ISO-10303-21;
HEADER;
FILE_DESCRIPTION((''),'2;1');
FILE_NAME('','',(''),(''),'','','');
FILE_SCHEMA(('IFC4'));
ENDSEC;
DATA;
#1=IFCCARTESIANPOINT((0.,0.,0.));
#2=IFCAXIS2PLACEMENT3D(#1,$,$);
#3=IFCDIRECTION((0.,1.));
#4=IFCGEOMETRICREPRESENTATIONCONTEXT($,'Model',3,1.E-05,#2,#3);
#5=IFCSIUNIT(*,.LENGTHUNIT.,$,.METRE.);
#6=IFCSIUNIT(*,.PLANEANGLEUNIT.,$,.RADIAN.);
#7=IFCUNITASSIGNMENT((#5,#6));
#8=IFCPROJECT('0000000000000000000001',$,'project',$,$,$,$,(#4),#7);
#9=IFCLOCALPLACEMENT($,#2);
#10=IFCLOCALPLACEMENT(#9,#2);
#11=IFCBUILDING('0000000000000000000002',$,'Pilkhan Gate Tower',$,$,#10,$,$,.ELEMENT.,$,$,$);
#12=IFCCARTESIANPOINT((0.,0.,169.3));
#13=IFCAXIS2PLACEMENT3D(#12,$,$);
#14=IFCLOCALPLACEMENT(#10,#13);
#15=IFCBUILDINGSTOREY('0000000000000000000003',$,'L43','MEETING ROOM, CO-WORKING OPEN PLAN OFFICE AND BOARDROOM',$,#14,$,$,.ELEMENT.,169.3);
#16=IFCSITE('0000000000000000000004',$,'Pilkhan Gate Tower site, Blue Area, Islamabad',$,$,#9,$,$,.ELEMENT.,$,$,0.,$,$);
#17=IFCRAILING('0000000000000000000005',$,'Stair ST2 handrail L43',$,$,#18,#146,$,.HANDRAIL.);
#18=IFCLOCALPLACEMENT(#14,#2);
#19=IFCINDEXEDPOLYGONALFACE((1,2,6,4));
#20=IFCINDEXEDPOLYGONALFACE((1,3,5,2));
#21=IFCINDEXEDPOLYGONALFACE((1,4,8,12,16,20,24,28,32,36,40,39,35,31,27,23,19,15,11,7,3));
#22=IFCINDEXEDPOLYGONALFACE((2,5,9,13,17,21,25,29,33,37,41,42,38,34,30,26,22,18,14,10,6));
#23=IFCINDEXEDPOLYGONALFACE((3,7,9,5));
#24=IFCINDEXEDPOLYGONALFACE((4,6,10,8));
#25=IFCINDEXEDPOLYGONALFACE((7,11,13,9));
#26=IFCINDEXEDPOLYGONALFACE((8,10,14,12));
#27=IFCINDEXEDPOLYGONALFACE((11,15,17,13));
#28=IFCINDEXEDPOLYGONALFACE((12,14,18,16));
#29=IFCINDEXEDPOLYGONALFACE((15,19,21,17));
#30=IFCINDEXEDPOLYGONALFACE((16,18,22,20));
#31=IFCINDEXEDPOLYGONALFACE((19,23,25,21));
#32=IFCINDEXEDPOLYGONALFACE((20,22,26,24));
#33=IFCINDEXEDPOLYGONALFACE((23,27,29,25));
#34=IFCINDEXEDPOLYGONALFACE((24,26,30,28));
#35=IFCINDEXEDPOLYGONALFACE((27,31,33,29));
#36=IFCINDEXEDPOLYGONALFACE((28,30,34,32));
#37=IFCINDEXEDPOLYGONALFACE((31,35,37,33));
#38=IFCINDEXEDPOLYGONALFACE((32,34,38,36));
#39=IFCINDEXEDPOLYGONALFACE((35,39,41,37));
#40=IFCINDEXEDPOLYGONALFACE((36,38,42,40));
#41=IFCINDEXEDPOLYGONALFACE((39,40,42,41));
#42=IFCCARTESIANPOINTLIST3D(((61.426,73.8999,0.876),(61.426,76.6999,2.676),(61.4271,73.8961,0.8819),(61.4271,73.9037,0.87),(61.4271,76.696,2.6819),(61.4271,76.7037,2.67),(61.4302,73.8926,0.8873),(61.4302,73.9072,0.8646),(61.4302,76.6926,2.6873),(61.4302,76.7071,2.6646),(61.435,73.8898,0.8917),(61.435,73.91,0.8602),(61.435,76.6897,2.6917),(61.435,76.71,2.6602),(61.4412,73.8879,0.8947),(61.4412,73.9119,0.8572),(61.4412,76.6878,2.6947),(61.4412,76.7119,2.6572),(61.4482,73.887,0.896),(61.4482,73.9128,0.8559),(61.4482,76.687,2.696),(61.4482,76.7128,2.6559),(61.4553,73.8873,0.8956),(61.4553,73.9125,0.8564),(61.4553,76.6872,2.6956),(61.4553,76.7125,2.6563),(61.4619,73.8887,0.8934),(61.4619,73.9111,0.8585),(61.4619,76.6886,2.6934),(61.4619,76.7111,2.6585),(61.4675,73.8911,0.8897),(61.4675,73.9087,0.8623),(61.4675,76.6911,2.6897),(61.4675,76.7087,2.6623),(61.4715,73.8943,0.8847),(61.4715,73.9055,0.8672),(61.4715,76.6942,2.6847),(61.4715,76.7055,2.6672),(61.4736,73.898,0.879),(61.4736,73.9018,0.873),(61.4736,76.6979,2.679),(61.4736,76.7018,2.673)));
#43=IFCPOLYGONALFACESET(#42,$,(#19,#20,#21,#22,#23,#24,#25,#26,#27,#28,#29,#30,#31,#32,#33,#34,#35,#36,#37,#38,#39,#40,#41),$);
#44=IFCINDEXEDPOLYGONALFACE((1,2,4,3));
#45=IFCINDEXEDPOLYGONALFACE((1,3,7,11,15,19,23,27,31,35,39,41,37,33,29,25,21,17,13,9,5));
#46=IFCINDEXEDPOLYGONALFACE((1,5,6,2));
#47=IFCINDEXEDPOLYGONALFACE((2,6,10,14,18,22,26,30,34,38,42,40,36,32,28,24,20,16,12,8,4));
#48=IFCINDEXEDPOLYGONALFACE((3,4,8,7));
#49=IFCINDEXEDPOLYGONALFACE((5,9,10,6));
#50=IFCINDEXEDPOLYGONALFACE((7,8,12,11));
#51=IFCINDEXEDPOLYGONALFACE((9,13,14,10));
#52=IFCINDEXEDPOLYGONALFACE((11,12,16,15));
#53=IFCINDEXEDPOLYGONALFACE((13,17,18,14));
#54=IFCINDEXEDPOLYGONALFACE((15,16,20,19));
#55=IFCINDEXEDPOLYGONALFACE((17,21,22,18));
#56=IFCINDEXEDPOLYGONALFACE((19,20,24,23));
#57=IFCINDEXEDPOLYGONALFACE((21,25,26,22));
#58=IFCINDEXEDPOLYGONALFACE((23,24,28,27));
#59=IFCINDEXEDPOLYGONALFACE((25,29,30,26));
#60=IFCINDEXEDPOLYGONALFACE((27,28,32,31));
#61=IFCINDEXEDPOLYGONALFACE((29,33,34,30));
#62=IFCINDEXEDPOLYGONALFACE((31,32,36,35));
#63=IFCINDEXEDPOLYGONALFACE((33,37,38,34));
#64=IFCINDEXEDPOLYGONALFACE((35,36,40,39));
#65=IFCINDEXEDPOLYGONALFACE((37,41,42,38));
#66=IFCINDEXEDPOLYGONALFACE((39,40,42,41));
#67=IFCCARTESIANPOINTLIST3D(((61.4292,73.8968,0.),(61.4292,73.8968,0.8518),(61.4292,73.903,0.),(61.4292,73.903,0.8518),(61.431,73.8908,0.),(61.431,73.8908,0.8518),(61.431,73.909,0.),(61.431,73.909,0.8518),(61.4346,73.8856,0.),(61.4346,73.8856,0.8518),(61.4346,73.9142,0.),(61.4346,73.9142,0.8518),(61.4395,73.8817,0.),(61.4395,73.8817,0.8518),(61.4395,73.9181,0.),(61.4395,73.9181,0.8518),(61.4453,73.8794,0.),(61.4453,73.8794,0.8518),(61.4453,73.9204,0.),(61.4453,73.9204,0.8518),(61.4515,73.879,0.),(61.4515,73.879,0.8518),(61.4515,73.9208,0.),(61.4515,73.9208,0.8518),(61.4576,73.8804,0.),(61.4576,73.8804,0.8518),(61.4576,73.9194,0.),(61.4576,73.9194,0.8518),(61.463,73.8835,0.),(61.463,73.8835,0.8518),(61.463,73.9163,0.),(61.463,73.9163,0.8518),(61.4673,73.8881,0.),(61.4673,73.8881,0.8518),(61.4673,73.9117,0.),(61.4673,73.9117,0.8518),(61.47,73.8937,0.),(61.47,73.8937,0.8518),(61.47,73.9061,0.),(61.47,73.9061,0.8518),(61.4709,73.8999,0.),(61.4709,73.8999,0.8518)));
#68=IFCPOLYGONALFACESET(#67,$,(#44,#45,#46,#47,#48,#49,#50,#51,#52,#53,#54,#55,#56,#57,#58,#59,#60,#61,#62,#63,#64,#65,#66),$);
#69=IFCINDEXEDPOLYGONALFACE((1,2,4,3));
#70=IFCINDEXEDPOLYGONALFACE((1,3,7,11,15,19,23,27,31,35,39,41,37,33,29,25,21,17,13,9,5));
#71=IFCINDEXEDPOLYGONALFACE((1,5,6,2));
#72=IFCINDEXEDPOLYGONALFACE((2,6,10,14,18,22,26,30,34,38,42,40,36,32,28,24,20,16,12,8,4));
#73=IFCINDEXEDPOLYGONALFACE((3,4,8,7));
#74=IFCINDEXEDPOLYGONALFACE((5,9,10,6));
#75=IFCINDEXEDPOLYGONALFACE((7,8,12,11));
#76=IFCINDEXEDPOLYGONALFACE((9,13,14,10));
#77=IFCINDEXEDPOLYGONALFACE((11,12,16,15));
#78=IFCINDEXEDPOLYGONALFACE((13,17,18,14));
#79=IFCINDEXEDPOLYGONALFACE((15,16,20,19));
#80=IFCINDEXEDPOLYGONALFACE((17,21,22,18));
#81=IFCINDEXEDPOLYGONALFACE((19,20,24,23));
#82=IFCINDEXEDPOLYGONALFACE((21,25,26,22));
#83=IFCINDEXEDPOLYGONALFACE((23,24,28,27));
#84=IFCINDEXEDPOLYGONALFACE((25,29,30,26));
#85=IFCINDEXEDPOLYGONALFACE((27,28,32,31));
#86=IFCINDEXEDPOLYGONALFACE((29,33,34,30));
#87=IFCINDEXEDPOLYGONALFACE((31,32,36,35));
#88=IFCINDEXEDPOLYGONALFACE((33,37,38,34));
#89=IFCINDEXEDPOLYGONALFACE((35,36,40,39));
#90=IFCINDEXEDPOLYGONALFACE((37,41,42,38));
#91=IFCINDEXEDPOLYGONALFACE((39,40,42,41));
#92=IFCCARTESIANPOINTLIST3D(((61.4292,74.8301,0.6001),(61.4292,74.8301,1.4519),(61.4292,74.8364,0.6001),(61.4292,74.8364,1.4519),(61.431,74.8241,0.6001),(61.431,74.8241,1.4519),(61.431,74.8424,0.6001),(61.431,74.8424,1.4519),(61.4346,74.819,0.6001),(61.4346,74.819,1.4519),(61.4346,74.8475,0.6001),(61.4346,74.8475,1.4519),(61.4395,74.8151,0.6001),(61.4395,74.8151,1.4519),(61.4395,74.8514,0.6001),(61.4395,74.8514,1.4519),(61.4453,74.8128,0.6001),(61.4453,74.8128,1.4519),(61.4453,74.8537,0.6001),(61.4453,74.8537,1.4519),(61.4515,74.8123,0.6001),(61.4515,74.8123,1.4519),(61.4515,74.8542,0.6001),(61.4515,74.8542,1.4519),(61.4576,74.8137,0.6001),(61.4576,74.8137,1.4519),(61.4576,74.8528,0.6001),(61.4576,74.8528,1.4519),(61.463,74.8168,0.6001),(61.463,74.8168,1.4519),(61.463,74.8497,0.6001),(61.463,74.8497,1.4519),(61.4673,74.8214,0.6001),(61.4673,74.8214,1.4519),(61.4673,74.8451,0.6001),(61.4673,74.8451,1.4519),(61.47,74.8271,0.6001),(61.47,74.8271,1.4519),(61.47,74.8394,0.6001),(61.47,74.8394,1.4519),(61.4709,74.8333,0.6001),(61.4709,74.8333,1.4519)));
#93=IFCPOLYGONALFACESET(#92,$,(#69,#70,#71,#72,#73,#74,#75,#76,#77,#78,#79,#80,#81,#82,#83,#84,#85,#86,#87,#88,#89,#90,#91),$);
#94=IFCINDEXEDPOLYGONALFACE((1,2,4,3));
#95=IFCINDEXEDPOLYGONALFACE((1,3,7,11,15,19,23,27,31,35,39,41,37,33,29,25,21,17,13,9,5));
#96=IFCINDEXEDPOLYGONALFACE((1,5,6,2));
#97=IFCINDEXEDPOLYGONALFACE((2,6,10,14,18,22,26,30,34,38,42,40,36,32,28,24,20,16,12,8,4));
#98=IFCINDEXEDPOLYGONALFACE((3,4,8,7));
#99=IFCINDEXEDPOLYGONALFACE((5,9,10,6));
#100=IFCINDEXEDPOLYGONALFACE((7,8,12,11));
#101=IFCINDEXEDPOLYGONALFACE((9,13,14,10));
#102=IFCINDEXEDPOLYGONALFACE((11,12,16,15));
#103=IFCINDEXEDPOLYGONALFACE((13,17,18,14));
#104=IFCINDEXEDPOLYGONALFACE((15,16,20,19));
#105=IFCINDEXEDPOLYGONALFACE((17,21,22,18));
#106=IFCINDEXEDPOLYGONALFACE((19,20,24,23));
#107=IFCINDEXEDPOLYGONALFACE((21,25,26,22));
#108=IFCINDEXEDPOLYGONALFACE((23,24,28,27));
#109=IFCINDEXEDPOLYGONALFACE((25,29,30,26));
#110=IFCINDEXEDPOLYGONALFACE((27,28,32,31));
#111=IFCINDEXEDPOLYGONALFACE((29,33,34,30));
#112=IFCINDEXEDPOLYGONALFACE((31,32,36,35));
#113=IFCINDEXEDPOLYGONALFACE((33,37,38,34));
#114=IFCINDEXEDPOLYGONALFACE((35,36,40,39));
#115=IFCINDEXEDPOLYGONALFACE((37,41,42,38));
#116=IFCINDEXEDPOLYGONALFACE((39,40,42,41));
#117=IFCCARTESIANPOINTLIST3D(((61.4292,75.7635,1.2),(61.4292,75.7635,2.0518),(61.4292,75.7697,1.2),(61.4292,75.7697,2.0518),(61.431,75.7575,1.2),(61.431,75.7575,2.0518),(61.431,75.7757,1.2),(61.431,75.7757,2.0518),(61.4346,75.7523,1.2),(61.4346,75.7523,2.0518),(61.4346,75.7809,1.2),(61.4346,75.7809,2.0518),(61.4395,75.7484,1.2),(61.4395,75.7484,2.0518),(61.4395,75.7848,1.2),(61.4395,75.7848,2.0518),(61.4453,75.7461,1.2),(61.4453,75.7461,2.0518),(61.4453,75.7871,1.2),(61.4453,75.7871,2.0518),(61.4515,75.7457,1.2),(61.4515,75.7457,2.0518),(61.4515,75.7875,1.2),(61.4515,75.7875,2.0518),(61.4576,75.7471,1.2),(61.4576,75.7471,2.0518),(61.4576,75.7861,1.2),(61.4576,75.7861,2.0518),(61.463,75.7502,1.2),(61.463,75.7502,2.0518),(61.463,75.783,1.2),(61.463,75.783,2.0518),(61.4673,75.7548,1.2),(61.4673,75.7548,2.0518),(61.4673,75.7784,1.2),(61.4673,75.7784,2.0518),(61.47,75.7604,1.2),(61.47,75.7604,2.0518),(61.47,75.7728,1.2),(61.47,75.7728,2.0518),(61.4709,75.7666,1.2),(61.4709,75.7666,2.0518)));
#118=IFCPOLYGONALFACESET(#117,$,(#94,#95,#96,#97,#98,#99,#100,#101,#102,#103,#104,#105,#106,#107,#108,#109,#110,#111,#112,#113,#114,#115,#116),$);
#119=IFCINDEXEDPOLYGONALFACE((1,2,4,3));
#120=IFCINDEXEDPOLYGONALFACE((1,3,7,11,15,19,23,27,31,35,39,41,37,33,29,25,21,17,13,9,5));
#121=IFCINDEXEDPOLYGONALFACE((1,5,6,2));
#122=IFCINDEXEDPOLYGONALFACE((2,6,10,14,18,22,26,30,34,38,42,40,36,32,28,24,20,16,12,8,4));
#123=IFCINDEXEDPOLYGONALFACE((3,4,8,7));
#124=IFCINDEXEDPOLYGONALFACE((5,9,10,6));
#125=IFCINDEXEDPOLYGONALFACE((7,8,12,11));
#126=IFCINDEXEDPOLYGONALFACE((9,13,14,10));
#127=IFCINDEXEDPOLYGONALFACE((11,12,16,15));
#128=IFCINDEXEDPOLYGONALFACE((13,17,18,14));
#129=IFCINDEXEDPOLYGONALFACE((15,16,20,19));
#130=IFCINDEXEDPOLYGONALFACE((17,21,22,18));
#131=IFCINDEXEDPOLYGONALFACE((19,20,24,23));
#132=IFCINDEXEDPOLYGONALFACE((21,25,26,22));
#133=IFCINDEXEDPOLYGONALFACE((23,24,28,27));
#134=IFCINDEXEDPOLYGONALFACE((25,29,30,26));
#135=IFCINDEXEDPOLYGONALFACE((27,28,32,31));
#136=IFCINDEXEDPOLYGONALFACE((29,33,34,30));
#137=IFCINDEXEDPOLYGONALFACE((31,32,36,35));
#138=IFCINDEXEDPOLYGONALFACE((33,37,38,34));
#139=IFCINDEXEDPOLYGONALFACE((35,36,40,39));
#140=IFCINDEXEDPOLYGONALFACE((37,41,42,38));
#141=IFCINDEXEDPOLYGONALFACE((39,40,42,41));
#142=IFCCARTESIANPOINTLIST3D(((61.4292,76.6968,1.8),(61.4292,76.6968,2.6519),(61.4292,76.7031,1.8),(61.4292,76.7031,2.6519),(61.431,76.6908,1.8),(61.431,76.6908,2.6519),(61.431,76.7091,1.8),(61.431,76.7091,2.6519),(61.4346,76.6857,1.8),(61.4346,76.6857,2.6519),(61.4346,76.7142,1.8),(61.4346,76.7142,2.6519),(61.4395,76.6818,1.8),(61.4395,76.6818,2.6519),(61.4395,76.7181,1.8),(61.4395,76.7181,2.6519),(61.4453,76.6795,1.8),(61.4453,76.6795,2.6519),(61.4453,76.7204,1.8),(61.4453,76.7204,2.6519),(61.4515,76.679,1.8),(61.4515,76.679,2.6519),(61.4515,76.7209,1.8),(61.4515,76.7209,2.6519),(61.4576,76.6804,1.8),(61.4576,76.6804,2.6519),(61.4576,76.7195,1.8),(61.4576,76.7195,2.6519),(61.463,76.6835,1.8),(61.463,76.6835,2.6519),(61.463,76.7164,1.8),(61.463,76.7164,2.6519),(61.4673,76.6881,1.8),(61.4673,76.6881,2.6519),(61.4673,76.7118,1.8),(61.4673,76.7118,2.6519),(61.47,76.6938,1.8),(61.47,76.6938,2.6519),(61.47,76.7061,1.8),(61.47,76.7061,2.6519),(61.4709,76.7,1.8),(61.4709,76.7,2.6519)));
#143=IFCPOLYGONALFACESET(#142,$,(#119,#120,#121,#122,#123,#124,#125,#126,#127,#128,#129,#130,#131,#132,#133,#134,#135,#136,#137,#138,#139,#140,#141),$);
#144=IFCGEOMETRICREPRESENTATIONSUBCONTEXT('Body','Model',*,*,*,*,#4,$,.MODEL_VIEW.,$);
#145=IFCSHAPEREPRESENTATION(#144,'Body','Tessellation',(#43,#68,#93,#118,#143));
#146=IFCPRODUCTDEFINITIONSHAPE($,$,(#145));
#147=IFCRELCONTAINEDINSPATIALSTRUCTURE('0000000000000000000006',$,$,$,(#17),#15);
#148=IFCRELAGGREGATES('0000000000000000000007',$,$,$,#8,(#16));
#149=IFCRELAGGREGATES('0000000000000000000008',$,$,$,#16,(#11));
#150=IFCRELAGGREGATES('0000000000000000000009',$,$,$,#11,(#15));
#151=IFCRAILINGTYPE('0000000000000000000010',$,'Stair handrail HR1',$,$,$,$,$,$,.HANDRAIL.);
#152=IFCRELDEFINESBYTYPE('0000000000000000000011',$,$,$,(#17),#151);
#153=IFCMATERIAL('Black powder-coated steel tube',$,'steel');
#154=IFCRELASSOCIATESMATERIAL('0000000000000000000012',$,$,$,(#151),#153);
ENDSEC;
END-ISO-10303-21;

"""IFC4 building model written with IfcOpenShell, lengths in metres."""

from ifc_helpers import new_model, si_unit, direction, frame, origin, origin_2d, place, context, subcontext, project, spatial, circle, extrude, material, type_object, element, save


model = new_model("IFC4")

# Units and contexts
model_context = context("Model", 3, precision=1e-05, world=origin(), true_north=direction((0.0, 1.0)))
body_context = subcontext(model_context, "Body", "Model", "MODEL_VIEW")
ifc_project = project(units=[si_unit("LENGTHUNIT", "METRE"), si_unit("PLANEANGLEUNIT", "RADIAN")], contexts=[model_context])

# Site, building, storey
site_placement = place(None, origin())
site = spatial("IfcSite", under=ifc_project, at=site_placement, Name="Pilkhan Gate Tower site, Blue Area, Islamabad", CompositionType="ELEMENT", RefElevation=0.0)
building_placement = place(site_placement, origin())
building = spatial("IfcBuilding", under=site, at=building_placement, Name="Pilkhan Gate Tower", CompositionType="ELEMENT")
storey_placement = place(building_placement, frame((0.0, 0.0, 169.3)))
storey = spatial("IfcBuildingStorey", under=building, at=storey_placement, Name="L43", Description="MEETING ROOM, CO-WORKING OPEN PLAN OFFICE AND BOARDROOM", CompositionType="ELEMENT", Elevation=169.3)

# Railing
ifc_material_1 = material(Name="Black powder-coated steel tube", Category="steel")
railing_type_1 = type_object("IfcRailingType", Name="Stair handrail HR1", PredefinedType="HANDRAIL", material=ifc_material_1)
railing_1_placement = place(storey_placement, frame((61.45, 73.8999, 0.0)))
element("IfcRailing", 1, at=railing_1_placement, inside=storey, type_object=railing_type_1, Name="Stair ST2 handrail L43", PredefinedType="HANDRAIL", context=body_context, shape_type="SweptSolid", body=[
    extrude(circle(Radius=0.0239, at=origin_2d()), frame((0.0, 0.0, 0.876), z_axis=(0.0, 0.841176, 0.540761), x_axis=(-1.0, 0.0, 0.0)), (0.0, 0.0, 1.0), 3.3286),
    extrude(circle(Radius=0.021, at=origin_2d()), origin(), (0.0, 0.0, 1.0), 0.8518),
    extrude(circle(Radius=0.021, at=origin_2d()), frame((0.0, 0.9333, 0.6001)), (0.0, 0.0, 1.0), 0.8518),
    extrude(circle(Radius=0.021, at=origin_2d()), frame((0.0, 1.8667, 1.2)), (0.0, 0.0, 1.0), 0.8518),
    extrude(circle(Radius=0.021, at=origin_2d()), frame((0.0, 2.8, 1.8)), (0.0, 0.0, 1.0), 0.8518),
])

save(model, "model.ifc")
